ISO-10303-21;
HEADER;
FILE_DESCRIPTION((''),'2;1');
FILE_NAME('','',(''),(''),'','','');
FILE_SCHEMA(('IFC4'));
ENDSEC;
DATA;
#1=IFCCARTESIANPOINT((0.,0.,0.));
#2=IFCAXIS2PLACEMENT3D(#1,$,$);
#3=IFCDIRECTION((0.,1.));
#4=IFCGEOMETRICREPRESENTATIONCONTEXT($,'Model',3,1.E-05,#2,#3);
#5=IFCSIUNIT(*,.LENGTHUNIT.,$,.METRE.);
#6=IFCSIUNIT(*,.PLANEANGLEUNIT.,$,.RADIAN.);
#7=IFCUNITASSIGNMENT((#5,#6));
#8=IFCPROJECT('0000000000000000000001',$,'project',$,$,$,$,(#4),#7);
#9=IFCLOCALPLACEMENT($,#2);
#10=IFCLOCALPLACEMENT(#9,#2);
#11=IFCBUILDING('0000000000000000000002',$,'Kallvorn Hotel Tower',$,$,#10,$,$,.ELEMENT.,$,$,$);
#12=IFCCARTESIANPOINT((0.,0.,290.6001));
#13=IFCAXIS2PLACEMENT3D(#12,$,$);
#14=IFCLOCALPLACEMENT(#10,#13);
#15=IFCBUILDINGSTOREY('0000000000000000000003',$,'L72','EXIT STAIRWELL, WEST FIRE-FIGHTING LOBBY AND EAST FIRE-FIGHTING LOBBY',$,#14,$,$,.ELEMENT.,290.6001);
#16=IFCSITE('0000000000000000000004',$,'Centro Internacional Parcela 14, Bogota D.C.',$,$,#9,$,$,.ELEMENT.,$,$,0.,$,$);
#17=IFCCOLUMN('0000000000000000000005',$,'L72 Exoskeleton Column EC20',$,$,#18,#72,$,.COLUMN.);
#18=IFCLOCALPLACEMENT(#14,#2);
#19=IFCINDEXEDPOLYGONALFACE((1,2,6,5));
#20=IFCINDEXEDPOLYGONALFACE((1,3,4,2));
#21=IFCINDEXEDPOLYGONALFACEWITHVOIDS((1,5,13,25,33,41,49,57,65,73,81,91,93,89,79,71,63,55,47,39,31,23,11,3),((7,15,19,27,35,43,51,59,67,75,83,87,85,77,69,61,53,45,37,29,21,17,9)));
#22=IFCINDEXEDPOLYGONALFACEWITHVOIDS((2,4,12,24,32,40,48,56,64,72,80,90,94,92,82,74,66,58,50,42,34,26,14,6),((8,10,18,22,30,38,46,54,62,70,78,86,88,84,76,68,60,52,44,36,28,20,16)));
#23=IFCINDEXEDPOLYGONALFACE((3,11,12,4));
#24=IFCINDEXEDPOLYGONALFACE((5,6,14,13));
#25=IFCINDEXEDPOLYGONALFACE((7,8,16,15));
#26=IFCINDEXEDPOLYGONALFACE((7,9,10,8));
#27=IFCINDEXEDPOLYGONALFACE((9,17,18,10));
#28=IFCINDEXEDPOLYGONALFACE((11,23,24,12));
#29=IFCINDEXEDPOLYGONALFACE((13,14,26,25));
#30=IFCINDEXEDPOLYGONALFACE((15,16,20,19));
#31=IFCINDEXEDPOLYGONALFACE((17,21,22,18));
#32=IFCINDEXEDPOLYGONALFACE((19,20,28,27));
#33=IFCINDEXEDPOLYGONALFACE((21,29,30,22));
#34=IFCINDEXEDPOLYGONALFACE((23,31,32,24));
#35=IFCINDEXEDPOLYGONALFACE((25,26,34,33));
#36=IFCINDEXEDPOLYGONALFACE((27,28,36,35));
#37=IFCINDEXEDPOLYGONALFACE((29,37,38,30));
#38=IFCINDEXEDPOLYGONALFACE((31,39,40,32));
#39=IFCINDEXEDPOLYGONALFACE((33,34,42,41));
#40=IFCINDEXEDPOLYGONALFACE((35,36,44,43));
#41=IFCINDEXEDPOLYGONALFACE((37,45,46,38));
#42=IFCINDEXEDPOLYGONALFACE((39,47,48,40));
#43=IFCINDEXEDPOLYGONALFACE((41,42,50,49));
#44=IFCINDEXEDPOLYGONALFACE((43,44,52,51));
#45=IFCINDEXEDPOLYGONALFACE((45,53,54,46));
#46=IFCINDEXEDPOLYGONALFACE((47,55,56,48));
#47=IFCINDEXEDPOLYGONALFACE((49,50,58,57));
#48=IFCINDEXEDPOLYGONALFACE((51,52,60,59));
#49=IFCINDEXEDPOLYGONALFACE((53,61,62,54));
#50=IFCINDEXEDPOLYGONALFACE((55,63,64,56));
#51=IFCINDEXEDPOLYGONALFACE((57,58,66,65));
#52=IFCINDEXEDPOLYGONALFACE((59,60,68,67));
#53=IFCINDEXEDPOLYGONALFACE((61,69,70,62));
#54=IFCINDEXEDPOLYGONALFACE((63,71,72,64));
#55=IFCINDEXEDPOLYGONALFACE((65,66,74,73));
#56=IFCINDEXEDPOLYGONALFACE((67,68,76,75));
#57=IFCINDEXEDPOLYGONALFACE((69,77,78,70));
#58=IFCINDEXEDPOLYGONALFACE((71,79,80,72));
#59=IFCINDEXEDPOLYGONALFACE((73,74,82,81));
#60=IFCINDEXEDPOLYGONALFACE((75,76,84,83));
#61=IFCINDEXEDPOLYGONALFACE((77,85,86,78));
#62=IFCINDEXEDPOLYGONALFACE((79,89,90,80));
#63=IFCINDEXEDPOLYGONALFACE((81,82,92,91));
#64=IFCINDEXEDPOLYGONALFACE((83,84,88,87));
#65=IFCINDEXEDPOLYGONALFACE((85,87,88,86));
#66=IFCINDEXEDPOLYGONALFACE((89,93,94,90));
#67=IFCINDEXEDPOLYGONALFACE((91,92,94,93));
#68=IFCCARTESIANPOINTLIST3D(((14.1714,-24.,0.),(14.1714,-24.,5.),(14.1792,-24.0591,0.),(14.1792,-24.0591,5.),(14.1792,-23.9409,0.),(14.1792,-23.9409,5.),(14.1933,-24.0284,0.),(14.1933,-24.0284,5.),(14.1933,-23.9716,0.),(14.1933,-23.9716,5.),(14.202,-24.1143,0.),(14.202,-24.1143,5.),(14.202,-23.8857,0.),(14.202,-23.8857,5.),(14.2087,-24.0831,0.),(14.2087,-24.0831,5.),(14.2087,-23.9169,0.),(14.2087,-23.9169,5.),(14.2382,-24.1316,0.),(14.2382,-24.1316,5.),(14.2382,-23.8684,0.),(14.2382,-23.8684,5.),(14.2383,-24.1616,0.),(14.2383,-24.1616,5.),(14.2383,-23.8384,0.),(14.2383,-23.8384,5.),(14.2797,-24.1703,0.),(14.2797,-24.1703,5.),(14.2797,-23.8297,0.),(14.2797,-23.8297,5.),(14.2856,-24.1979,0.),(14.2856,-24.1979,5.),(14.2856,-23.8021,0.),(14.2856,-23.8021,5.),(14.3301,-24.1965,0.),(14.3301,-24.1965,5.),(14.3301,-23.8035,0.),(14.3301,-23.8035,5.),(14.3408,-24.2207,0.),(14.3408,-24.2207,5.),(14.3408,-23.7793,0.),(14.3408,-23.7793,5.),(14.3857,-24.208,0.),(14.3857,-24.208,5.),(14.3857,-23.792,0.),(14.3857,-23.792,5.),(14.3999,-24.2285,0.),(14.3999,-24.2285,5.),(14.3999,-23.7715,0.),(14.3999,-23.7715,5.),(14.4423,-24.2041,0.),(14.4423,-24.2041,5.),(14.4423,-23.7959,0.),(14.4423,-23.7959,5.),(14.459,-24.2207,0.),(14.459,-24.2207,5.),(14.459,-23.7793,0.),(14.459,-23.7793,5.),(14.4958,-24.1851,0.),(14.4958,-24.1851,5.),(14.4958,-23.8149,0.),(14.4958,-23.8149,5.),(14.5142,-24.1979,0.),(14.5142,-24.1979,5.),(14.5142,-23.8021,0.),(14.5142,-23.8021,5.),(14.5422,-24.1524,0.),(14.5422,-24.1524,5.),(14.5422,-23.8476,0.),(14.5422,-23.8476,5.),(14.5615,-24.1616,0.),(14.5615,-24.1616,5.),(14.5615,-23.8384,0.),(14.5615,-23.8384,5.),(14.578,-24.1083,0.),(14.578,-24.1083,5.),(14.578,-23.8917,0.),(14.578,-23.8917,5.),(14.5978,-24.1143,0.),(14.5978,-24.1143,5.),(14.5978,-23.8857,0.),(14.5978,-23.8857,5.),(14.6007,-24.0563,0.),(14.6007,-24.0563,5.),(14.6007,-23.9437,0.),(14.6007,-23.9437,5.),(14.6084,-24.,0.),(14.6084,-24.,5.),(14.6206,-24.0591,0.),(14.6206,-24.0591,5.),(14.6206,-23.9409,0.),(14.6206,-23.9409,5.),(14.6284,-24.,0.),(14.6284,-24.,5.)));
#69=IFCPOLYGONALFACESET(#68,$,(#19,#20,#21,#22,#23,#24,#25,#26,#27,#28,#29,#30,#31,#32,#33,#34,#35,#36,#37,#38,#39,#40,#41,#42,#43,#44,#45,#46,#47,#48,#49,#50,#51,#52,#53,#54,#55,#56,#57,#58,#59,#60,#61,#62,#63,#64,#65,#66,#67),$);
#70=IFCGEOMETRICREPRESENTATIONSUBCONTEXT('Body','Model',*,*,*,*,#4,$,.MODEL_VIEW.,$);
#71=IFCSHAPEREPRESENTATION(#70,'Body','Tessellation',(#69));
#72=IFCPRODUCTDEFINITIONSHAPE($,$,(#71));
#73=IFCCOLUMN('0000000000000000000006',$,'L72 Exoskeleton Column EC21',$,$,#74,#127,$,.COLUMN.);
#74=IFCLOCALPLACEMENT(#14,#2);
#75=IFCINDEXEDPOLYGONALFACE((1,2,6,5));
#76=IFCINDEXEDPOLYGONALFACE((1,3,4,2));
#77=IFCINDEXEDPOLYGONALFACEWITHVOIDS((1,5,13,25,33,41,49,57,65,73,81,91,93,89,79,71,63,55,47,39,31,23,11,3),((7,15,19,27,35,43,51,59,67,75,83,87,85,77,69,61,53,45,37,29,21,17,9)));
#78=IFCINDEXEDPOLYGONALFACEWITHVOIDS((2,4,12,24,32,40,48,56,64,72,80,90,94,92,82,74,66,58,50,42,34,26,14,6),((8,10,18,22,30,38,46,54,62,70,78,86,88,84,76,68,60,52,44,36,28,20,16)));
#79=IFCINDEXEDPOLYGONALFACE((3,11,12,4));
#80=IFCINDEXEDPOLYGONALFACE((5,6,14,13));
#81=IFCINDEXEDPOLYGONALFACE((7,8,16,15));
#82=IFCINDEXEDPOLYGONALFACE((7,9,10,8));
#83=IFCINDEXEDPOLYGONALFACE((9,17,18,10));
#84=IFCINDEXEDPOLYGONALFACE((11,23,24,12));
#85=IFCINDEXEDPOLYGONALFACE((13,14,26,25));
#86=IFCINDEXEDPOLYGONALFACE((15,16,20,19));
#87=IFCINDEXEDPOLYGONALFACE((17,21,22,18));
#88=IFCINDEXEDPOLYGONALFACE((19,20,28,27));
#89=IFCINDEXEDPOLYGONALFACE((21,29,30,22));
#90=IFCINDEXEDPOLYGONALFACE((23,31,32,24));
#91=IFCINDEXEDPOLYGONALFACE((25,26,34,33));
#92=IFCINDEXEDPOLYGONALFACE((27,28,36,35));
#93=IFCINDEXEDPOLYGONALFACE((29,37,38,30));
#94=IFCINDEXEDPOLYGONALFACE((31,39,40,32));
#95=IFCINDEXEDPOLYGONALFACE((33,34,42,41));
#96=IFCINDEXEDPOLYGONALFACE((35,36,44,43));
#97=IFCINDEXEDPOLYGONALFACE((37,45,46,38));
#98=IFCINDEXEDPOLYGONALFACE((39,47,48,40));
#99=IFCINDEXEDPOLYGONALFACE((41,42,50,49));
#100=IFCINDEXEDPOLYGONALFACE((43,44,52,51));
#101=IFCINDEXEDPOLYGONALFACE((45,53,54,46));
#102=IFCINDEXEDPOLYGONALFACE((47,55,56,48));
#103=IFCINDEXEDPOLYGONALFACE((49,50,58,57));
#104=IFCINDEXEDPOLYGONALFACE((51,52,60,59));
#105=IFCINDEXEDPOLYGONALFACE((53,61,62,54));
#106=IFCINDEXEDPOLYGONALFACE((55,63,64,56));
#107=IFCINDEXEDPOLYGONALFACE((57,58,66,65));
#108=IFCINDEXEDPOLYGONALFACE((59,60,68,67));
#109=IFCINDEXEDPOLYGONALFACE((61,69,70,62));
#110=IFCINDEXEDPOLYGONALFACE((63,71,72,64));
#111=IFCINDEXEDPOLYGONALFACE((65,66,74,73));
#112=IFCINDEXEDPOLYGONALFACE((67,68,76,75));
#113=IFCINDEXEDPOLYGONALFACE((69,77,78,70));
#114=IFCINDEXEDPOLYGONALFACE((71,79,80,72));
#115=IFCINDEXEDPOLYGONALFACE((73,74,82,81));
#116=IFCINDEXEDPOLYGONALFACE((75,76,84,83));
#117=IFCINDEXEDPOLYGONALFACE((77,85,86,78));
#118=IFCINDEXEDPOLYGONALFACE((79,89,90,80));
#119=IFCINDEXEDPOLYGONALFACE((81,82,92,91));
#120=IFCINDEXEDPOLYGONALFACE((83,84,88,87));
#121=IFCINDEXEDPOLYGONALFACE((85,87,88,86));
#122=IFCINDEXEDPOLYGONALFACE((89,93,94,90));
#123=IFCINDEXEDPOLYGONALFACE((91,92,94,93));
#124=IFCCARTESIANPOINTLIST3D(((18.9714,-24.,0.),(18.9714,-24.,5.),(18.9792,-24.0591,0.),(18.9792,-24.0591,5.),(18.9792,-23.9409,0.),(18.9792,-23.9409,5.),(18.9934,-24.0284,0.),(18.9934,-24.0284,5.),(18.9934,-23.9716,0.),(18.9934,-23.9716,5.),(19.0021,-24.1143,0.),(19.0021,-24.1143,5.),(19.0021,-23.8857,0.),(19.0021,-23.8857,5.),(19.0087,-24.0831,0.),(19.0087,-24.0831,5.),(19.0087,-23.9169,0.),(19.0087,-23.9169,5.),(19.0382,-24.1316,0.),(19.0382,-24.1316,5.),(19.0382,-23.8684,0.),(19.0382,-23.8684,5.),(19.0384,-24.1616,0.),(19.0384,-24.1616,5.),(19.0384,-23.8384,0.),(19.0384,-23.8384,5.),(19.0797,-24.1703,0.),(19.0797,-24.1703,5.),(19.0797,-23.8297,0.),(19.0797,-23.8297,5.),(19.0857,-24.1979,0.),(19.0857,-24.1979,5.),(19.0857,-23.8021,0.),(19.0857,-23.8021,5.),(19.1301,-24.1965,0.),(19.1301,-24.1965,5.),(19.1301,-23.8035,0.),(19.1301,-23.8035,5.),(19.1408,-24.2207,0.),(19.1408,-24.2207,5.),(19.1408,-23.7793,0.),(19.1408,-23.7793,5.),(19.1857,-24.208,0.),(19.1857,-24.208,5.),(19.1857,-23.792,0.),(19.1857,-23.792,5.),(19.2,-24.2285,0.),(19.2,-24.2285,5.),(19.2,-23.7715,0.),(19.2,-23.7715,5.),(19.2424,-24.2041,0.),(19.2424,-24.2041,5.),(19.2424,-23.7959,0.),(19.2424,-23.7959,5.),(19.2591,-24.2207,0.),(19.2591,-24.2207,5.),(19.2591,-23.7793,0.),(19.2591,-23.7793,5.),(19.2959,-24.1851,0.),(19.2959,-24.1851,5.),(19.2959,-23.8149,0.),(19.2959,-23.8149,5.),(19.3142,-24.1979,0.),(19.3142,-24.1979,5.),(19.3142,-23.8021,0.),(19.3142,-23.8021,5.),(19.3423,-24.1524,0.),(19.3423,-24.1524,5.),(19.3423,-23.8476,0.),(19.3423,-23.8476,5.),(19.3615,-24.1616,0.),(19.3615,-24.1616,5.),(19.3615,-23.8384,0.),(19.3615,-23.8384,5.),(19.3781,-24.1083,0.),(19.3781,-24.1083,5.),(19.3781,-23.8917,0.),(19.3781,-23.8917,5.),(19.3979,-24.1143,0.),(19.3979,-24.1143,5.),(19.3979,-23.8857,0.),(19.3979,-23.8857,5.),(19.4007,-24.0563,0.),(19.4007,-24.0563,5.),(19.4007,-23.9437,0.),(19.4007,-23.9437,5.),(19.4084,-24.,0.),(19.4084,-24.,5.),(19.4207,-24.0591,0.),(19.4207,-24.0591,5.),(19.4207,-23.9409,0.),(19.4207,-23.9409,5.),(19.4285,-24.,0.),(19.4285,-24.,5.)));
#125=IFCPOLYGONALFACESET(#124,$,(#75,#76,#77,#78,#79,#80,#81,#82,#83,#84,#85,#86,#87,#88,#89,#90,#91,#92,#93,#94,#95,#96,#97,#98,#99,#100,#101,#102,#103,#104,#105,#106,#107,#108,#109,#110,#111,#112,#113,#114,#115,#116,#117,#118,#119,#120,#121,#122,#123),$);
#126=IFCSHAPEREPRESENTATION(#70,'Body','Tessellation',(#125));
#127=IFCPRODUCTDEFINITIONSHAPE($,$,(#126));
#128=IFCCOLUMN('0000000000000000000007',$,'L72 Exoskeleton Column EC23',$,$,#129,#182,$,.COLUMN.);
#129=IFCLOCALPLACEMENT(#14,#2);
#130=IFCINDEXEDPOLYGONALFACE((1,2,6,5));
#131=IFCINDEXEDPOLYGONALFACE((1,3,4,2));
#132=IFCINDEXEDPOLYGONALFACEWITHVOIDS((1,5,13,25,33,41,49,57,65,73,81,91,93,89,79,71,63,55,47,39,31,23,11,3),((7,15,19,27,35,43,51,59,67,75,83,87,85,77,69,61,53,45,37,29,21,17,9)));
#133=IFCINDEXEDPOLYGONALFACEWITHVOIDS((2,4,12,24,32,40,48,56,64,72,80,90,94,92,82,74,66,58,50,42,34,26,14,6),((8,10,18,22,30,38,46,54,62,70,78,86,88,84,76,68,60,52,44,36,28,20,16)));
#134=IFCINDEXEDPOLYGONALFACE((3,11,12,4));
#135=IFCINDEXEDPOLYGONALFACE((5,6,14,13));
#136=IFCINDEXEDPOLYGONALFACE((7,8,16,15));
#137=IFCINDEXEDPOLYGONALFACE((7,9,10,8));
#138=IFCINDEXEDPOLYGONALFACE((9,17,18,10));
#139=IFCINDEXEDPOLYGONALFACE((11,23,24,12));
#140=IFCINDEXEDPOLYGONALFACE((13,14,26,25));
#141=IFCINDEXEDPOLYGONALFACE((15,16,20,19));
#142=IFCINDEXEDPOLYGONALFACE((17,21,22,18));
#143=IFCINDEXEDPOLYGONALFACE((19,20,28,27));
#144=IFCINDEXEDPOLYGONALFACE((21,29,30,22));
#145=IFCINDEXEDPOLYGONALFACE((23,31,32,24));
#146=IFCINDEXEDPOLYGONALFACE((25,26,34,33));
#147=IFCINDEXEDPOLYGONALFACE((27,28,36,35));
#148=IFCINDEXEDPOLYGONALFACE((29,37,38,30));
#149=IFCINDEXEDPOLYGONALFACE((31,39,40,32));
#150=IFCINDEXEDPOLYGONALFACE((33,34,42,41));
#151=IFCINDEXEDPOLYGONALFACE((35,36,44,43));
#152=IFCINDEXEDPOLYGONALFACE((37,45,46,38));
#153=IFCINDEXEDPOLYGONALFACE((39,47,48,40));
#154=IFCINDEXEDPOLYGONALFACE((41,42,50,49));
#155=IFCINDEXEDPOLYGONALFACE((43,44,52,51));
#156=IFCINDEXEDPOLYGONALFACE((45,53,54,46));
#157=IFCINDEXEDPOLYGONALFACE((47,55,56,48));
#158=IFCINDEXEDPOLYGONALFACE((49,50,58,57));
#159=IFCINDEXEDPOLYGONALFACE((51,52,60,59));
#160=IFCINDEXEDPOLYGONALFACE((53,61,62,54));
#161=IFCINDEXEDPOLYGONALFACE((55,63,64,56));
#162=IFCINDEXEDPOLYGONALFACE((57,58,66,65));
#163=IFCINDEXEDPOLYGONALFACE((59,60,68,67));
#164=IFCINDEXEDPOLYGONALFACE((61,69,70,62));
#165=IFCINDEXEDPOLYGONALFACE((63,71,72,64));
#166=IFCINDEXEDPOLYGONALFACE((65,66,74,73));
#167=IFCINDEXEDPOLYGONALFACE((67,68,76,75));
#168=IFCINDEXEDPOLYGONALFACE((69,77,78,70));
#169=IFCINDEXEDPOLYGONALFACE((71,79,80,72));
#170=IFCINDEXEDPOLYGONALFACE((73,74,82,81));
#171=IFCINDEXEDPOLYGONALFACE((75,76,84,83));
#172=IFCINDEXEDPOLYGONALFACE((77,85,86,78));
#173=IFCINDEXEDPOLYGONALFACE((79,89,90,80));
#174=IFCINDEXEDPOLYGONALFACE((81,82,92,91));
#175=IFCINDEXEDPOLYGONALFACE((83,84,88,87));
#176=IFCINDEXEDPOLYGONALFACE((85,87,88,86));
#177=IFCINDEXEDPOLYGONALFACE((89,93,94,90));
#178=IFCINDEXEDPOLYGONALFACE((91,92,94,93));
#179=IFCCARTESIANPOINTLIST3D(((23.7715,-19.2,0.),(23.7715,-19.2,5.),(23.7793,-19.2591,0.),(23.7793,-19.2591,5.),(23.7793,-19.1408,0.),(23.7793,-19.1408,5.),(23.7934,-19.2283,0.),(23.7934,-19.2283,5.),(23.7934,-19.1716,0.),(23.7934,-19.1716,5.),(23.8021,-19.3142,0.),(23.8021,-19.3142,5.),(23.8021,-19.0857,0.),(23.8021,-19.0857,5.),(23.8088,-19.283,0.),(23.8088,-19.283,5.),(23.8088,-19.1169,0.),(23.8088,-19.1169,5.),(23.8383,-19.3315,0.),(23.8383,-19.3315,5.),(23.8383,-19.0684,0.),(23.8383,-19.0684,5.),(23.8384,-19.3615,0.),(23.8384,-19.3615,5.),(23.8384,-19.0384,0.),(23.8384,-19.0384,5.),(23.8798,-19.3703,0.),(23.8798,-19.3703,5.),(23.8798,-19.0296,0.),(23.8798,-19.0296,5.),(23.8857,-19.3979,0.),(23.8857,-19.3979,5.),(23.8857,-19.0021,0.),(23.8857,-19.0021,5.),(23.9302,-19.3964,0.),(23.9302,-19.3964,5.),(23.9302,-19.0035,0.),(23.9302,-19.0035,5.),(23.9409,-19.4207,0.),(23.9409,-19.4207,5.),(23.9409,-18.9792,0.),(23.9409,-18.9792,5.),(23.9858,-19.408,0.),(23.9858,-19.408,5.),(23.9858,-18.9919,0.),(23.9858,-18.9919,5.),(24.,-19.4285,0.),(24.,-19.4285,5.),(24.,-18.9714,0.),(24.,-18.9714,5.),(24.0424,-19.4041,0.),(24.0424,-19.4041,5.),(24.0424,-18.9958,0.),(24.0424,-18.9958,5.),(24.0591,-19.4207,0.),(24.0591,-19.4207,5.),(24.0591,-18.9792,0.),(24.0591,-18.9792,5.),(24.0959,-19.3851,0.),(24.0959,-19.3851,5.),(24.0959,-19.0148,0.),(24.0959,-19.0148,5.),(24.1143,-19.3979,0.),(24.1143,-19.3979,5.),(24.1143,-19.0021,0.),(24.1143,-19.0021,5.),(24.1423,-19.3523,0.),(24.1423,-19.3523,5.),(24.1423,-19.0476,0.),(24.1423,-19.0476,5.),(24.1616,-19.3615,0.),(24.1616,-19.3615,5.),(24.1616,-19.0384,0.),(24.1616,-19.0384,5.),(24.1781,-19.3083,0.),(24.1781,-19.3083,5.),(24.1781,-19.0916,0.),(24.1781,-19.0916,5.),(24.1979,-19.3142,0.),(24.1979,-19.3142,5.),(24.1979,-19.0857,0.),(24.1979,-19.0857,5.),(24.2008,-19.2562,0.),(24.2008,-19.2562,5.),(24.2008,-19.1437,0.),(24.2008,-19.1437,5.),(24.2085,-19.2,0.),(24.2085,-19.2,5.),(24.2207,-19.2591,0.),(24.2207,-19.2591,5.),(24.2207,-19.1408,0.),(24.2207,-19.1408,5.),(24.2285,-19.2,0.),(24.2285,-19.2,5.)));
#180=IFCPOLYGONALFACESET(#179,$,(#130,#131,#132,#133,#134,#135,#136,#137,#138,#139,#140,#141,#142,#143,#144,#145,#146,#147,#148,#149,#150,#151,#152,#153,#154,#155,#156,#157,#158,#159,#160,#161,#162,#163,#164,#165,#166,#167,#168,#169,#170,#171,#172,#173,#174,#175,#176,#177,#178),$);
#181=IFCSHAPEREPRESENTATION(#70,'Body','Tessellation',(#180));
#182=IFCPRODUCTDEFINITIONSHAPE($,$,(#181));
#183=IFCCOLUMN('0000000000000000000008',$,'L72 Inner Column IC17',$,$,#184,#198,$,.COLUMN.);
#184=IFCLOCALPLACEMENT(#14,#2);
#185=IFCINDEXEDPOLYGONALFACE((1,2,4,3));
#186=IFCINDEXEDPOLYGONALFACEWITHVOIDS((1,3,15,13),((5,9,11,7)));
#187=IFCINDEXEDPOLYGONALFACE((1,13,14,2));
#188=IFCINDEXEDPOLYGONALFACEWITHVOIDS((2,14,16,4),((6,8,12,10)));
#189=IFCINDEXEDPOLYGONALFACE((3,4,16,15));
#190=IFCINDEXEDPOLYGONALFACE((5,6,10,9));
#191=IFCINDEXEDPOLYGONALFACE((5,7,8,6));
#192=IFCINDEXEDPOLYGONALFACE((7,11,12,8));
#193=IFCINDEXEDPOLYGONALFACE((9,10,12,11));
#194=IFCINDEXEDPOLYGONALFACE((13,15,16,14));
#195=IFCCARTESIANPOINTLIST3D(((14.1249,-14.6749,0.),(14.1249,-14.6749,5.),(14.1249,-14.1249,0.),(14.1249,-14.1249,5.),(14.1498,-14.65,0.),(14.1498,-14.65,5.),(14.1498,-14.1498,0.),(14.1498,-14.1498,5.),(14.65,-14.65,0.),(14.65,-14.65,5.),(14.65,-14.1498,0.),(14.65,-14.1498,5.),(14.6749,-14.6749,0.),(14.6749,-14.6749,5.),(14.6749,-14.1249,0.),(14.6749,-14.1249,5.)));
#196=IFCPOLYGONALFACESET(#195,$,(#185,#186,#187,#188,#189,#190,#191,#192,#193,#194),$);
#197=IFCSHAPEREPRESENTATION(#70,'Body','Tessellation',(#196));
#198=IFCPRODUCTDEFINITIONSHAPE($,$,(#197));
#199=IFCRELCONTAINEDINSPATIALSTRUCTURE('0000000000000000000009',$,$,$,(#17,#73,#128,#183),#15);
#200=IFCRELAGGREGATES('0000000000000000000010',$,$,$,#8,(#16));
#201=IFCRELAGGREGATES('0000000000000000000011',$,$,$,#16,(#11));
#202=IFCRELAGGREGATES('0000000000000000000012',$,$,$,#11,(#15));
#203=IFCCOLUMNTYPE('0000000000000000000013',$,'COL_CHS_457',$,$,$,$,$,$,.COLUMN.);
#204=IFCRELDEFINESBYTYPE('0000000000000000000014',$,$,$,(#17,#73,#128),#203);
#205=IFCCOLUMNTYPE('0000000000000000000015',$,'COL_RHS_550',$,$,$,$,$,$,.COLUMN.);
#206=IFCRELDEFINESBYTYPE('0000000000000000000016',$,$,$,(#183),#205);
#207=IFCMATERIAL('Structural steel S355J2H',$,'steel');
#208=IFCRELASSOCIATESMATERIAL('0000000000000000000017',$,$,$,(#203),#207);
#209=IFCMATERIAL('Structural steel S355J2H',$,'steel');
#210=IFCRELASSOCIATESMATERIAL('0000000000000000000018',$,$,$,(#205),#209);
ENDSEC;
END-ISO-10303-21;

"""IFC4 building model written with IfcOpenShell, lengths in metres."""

from ifc_helpers import new_model, si_unit, direction, frame, origin, origin_2d, place, context, subcontext, project, spatial, hollow_rectangle, hollow_circle, extrude, material, material_profile, profile_set, type_object, element, save


model = new_model("IFC4")

# Units and contexts
model_context = context("Model", 3, precision=1e-05, world=origin(), true_north=direction((0.0, 1.0)))
body_context = subcontext(model_context, "Body", "Model", "MODEL_VIEW")
ifc_project = project(units=[si_unit("LENGTHUNIT", "METRE"), si_unit("PLANEANGLEUNIT", "RADIAN")], contexts=[model_context])

# Site, building, storey
site_placement = place(None, origin())
site = spatial("IfcSite", under=ifc_project, at=site_placement, Name="Centro Internacional Parcela 14, Bogota D.C.", CompositionType="ELEMENT", RefElevation=0.0)
building_placement = place(site_placement, origin())
building = spatial("IfcBuilding", under=site, at=building_placement, Name="Kallvorn Hotel Tower", CompositionType="ELEMENT")
storey_placement = place(building_placement, frame((0.0, 0.0, 290.6001)))
storey = spatial("IfcBuildingStorey", under=building, at=storey_placement, Name="L72", Description="EXIT STAIRWELL, WEST FIRE-FIGHTING LOBBY AND EAST FIRE-FIGHTING LOBBY", CompositionType="ELEMENT", Elevation=290.6001)

# Columns
ifc_material_1 = material(Name="Structural steel S355J2H", Category="steel")
ifc_material_profile_1 = material_profile(ifc_material_1, hollow_circle(Radius=0.2285, WallThickness=0.02, at=origin_2d()), Name="CHS 457x20")
ifc_profile_set_1 = profile_set([ifc_material_profile_1], Name="Structural steel S355J2H")
column_type_1 = type_object("IfcColumnType", Name="COL_CHS_457", PredefinedType="COLUMN", material=ifc_profile_set_1)
for number, where, z_axis, x_axis, name in (
    (1, (14.3999, -24.0, 0.0), (0.0, 0.0, 1.0), (1.0, 0.0, 0.0), "L72 Exoskeleton Column EC20"),
    (2, (19.2, -24.0, 0.0), (0.0, 0.0, 1.0), (1.0, 0.0, 0.0), "L72 Exoskeleton Column EC21"),
    (3, (24.0, -19.2, 0.0), (0.0, 0.0, 1.0), (1.0, 0.0, 0.0), "L72 Exoskeleton Column EC23"),
):
    element("IfcColumn", number, at=place(storey_placement, frame(where, z_axis=z_axis, x_axis=x_axis)), inside=storey, type_object=column_type_1, Name=name, PredefinedType="COLUMN", context=body_context, shape_type="SweptSolid", body=[
        extrude(hollow_circle(Radius=0.2285, WallThickness=0.02, at=origin_2d()), origin(), (0.0, 0.0, 1.0), 5.0),
    ])
ifc_material_2 = material(Name="Structural steel S355J2H", Category="steel")
ifc_material_profile_2 = material_profile(ifc_material_2, hollow_rectangle(XDim=0.55, YDim=0.55, WallThickness=0.0249, at=origin_2d()), Name="RHS 550x550x25")
ifc_profile_set_2 = profile_set([ifc_material_profile_2], Name="Structural steel S355J2H")
column_type_2 = type_object("IfcColumnType", Name="COL_RHS_550", PredefinedType="COLUMN", material=ifc_profile_set_2)
for number, where, z_axis, x_axis, name in (
    (4, (14.3999, -14.3999, 0.0), (0.0, 0.0, 1.0), (1.0, 0.0, 0.0), "L72 Inner Column IC17"),
):
    element("IfcColumn", number, at=place(storey_placement, frame(where, z_axis=z_axis, x_axis=x_axis)), inside=storey, type_object=column_type_2, Name=name, PredefinedType="COLUMN", context=body_context, shape_type="SweptSolid", body=[
        extrude(hollow_rectangle(XDim=0.55, YDim=0.55, WallThickness=0.0249, at=origin_2d()), origin(), (0.0, 0.0, 1.0), 5.0),
    ])

save(model, "model.ifc")
